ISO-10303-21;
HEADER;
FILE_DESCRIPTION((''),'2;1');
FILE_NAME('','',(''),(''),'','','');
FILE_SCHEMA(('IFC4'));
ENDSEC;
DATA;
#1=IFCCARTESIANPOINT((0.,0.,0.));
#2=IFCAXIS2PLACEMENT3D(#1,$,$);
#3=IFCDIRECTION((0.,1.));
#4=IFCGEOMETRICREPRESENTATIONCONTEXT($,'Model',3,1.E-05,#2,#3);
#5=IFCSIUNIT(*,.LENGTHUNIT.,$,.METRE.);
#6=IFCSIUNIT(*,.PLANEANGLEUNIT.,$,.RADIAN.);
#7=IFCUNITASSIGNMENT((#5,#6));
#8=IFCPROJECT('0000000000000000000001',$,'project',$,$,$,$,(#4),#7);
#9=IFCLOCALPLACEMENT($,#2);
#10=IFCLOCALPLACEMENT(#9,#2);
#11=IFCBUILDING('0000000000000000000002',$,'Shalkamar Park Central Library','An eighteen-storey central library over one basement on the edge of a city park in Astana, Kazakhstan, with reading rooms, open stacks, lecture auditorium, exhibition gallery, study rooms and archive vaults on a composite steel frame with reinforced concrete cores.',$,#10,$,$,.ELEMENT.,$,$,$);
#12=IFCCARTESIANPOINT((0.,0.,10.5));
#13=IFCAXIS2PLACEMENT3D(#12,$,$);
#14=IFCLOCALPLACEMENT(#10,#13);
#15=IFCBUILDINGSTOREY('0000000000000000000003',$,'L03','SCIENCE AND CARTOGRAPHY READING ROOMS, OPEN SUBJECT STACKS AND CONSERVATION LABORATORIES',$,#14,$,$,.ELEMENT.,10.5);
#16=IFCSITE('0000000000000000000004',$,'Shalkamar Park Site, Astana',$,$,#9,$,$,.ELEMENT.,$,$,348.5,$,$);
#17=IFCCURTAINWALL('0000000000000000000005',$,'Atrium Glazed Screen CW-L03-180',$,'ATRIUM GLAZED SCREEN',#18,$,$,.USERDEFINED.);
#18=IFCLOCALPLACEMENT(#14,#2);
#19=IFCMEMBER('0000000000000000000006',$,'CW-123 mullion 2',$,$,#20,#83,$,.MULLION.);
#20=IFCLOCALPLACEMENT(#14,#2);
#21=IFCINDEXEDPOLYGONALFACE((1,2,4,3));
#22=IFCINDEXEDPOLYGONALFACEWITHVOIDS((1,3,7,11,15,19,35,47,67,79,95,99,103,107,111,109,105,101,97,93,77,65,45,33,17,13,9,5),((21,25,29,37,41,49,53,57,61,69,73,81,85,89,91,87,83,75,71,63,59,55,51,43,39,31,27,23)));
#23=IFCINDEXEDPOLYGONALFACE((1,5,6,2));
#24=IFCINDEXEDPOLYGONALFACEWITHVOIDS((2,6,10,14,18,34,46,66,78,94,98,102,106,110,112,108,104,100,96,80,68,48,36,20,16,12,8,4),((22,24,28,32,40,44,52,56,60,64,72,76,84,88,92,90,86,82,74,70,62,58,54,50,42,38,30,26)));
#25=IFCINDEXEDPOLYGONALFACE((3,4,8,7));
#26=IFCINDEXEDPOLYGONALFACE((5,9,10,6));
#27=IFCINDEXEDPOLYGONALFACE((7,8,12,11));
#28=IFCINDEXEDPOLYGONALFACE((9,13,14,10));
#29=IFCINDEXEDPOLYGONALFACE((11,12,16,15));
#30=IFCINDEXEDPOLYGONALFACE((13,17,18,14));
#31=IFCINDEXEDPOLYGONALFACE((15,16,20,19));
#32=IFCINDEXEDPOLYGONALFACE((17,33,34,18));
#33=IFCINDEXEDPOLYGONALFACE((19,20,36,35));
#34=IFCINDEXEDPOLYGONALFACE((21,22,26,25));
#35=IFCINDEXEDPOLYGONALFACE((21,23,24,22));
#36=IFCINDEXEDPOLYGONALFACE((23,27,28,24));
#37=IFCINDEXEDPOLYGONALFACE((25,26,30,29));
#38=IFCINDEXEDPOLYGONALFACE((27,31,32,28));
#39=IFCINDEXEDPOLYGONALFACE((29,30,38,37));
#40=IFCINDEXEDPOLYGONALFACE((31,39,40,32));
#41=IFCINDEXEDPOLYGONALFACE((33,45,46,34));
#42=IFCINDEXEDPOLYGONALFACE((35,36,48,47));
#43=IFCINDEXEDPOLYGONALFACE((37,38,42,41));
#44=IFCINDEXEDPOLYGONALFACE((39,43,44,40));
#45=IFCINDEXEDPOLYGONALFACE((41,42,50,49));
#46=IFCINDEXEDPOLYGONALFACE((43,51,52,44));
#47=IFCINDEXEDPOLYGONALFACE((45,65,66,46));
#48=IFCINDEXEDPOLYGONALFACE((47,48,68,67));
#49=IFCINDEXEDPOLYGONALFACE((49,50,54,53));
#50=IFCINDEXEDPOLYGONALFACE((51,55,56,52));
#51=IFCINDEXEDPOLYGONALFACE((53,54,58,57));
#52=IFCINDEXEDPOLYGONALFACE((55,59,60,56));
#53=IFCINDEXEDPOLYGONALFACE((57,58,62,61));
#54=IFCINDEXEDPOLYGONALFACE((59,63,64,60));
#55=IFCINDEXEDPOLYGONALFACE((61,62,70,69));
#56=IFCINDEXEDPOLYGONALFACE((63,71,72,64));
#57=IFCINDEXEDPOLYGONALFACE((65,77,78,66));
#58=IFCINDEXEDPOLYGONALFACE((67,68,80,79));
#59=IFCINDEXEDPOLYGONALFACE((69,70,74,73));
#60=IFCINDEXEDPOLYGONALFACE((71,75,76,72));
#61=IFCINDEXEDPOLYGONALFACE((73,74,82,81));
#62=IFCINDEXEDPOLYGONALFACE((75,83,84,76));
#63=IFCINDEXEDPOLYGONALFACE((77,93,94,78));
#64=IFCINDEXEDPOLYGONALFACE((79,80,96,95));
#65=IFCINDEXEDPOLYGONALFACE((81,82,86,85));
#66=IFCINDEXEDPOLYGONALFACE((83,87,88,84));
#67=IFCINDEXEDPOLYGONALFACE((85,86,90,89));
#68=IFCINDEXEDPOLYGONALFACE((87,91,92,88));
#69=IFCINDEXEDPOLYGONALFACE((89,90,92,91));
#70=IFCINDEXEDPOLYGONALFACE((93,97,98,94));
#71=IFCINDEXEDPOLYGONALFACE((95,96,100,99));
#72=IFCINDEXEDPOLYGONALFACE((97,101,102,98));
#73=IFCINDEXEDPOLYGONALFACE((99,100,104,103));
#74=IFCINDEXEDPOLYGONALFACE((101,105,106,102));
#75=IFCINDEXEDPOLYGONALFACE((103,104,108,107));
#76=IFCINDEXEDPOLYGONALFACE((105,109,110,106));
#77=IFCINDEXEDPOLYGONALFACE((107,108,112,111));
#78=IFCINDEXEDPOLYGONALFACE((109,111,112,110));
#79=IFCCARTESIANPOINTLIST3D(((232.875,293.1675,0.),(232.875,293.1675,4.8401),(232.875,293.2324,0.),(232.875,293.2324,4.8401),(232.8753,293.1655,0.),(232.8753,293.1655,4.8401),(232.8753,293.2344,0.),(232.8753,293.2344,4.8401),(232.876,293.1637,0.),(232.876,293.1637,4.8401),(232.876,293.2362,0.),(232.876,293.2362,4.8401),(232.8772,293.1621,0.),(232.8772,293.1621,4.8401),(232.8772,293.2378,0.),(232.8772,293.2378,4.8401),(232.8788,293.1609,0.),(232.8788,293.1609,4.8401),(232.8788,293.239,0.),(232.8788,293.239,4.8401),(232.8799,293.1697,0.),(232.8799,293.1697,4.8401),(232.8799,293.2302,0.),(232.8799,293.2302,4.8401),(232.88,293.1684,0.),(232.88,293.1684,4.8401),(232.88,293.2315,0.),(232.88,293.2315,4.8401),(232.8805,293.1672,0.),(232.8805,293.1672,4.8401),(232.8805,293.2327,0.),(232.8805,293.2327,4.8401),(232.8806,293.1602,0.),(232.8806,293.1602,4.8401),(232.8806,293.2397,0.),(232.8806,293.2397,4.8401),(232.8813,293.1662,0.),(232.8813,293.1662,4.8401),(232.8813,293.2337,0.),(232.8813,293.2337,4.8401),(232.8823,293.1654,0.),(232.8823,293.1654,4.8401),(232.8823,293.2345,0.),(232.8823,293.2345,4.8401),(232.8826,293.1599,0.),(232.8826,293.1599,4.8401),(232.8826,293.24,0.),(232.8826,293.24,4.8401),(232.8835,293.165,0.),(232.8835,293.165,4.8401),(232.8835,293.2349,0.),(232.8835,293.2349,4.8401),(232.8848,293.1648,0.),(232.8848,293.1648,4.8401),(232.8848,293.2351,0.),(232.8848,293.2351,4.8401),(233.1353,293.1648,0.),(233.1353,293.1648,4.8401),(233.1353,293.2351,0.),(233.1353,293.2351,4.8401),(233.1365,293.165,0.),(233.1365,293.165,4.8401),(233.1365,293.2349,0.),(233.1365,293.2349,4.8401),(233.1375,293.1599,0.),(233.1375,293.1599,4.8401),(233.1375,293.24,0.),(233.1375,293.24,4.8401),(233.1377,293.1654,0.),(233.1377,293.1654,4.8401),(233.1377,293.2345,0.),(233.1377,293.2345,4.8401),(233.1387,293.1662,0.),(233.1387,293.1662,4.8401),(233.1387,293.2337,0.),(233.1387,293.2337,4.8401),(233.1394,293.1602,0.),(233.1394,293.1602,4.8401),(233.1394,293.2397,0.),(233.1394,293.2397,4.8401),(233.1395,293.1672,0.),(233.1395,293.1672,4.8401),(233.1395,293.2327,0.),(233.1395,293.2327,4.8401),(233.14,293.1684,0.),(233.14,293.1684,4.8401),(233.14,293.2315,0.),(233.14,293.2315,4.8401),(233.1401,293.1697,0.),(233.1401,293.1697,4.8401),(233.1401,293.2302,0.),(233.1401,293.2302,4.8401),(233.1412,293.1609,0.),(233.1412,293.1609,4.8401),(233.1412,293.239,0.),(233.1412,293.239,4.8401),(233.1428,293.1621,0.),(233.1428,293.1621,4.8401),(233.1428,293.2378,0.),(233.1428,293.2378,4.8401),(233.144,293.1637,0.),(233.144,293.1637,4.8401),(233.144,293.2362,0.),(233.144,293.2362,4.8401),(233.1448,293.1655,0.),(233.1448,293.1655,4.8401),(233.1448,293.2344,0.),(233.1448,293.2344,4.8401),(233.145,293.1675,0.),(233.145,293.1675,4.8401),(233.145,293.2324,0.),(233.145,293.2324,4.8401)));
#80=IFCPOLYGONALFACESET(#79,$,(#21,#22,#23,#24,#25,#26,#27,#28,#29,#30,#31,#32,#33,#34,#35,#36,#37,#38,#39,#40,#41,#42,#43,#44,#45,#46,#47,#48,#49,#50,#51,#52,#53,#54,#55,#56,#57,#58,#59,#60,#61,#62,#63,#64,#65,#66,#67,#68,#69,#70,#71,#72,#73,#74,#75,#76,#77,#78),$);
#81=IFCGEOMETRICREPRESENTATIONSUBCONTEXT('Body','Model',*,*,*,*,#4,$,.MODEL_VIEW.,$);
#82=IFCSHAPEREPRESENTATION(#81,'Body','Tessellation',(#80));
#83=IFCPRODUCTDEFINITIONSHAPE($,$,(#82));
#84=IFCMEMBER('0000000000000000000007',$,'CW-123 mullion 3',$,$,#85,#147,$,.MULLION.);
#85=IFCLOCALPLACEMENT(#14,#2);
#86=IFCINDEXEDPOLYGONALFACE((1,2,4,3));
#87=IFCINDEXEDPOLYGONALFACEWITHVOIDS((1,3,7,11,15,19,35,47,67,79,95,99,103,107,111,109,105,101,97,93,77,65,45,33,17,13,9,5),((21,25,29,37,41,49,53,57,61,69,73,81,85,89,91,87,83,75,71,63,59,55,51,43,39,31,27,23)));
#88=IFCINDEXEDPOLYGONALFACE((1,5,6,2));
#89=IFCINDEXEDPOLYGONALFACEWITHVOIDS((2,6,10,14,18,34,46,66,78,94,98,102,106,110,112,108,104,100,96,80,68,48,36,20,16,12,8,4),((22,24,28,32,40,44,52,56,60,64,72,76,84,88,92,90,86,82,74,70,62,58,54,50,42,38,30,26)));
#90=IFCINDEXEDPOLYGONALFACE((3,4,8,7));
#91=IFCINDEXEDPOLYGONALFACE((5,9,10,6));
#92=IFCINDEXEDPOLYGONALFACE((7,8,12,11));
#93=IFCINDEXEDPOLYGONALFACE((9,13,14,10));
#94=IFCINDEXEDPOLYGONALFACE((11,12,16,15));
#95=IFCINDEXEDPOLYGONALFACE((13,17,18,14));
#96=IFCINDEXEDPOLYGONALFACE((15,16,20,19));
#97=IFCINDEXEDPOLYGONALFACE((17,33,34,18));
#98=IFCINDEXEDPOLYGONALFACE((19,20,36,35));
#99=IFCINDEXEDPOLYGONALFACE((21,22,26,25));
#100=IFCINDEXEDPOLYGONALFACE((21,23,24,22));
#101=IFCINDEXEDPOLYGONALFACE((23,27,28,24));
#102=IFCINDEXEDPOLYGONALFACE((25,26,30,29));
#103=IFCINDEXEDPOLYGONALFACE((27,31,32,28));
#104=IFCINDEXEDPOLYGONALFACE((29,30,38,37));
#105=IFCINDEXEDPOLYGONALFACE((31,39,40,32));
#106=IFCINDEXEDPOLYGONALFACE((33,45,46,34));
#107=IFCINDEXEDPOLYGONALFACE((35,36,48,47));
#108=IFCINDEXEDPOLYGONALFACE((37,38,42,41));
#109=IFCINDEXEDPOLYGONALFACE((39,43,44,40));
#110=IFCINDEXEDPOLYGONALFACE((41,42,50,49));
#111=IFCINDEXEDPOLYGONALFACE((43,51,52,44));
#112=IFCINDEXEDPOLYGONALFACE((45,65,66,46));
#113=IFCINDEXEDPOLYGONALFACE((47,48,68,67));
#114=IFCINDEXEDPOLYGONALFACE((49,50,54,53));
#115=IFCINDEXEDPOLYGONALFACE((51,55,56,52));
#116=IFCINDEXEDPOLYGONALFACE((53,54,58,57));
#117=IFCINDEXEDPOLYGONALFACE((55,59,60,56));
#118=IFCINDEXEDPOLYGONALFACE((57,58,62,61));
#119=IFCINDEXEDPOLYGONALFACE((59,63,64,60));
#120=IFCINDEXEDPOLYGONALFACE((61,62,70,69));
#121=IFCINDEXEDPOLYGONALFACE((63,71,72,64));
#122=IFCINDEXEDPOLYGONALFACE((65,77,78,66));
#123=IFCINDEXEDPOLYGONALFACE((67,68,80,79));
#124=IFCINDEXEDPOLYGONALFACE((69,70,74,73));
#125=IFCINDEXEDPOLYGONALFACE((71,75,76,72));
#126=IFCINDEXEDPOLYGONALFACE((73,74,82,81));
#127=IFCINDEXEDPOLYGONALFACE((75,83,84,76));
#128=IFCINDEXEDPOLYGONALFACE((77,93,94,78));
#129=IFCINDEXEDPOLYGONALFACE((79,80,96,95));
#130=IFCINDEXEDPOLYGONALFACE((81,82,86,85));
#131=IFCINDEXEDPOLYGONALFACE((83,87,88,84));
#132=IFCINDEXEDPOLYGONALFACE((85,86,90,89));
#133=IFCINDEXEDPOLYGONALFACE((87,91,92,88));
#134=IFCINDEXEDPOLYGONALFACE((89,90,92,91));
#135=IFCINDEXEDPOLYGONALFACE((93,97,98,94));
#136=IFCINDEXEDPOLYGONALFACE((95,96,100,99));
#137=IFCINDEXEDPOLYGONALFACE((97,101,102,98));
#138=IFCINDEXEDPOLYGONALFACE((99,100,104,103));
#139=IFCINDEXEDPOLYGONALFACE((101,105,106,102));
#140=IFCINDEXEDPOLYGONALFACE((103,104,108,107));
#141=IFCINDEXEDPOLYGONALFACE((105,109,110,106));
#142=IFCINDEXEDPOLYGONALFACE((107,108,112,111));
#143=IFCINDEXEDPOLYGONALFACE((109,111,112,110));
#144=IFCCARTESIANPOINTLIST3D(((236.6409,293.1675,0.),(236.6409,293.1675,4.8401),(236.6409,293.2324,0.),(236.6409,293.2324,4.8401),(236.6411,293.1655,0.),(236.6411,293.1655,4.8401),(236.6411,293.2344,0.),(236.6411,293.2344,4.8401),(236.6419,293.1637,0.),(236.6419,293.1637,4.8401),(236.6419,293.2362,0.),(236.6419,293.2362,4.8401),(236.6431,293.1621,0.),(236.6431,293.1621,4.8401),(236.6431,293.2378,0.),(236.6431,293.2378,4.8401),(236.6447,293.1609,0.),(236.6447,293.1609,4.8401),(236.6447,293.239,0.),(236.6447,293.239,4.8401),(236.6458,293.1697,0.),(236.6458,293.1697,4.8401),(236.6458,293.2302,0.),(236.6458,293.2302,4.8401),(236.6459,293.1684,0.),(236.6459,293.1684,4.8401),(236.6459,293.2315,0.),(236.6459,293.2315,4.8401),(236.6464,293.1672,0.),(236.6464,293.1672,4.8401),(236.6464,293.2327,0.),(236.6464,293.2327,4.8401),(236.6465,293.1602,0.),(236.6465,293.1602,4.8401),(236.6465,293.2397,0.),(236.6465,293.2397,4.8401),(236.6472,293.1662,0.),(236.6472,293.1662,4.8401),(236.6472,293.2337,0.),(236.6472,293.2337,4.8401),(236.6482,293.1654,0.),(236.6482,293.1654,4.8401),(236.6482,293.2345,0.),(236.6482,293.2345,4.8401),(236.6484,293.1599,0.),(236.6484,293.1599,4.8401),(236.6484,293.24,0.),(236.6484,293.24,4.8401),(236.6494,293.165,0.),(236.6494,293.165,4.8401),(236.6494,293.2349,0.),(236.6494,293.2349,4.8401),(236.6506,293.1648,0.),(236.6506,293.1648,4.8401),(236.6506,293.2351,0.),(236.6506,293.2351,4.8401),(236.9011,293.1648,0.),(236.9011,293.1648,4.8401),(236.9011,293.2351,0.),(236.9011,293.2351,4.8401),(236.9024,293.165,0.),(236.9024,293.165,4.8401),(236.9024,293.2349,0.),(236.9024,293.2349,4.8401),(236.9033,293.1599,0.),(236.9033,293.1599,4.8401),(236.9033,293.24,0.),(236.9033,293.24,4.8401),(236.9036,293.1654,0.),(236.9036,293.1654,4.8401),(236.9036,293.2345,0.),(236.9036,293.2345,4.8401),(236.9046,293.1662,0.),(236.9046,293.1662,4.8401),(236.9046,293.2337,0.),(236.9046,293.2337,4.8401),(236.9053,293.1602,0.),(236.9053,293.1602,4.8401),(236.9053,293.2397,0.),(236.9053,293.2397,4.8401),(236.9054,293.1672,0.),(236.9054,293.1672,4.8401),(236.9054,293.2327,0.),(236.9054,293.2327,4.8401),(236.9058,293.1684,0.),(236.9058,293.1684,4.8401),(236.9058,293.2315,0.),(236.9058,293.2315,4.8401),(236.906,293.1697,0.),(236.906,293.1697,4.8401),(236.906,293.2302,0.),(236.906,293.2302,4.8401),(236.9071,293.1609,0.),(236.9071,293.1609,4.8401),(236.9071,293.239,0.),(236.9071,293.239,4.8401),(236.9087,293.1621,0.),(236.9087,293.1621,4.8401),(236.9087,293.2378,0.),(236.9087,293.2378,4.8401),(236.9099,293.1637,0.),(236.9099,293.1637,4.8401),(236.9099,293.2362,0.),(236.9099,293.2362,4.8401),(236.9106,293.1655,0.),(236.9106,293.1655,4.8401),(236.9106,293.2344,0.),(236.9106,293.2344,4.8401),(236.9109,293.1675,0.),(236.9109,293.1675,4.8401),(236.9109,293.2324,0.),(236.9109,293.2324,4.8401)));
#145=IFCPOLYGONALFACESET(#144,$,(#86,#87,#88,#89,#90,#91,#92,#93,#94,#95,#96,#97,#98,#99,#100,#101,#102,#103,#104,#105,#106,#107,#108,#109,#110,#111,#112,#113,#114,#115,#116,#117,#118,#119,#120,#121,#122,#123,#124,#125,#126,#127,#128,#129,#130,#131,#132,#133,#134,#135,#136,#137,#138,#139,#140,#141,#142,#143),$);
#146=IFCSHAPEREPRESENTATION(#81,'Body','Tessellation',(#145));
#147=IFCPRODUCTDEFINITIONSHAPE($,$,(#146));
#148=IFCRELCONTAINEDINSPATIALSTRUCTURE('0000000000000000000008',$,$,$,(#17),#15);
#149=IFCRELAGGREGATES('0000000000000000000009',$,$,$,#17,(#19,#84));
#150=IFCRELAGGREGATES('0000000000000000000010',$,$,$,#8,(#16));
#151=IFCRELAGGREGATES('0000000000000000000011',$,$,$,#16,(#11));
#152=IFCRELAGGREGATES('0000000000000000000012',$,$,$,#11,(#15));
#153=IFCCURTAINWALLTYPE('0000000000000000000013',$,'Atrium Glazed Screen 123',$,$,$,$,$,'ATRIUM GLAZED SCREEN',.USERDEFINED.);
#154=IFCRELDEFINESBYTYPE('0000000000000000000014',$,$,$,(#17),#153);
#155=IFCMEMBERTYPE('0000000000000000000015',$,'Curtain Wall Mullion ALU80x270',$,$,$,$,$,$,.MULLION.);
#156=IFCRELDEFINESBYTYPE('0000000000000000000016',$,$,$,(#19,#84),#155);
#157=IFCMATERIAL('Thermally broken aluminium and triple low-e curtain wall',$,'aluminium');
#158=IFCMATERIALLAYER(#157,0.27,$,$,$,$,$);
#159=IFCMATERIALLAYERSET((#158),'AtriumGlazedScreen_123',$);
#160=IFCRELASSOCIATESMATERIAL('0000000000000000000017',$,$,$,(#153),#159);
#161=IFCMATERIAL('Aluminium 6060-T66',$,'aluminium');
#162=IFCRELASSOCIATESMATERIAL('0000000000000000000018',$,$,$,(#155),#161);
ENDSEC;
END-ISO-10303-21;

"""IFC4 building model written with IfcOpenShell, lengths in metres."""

from ifc_helpers import new_model, si_unit, direction, frame, origin, origin_2d, place, context, subcontext, project, spatial, hollow_rectangle, extrude, material, layer, layer_set, material_profile, profile_set, type_object, element, aggregate, save


model = new_model("IFC4")

# Units and contexts
model_context = context("Model", 3, precision=1e-05, world=origin(), true_north=direction((0.0, 1.0)))
body_context = subcontext(model_context, "Body", "Model", "MODEL_VIEW")
ifc_project = project(units=[si_unit("LENGTHUNIT", "METRE"), si_unit("PLANEANGLEUNIT", "RADIAN")], contexts=[model_context])

# Site, building, storey
site_placement = place(None, origin())
site = spatial("IfcSite", under=ifc_project, at=site_placement, Name="Shalkamar Park Site, Astana", CompositionType="ELEMENT", RefElevation=348.5)
building_placement = place(site_placement, origin())
building = spatial("IfcBuilding", under=site, at=building_placement, Name="Shalkamar Park Central Library", Description="An eighteen-storey central library over one basement on the edge of a city park in Astana, Kazakhstan, with reading rooms, open stacks, lecture auditorium, exhibition gallery, study rooms and archive vaults on a composite steel frame with reinforced concrete cores.", CompositionType="ELEMENT")
storey_placement = place(building_placement, frame((0.0, 0.0, 10.5)))
storey = spatial("IfcBuildingStorey", under=building, at=storey_placement, Name="L03", Description="SCIENCE AND CARTOGRAPHY READING ROOMS, OPEN SUBJECT STACKS AND CONSERVATION LABORATORIES", CompositionType="ELEMENT", Elevation=10.5)

# Curtain wall, members
ifc_material_1 = material(Name="Thermally broken aluminium and triple low-e curtain wall", Category="aluminium")
ifc_layer_1 = layer(ifc_material_1, 0.27)
ifc_layer_set_1 = layer_set([ifc_layer_1], Name="AtriumGlazedScreen_123")
curtain_wall_type = type_object("IfcCurtainWallType", Name="Atrium Glazed Screen 123", ElementType="ATRIUM GLAZED SCREEN", PredefinedType="USERDEFINED", material=ifc_layer_set_1)
curtain_wall_placement = place(storey_placement, origin())
curtain_wall = element("IfcCurtainWall", 1, at=curtain_wall_placement, inside=storey, type_object=curtain_wall_type, Name="Atrium Glazed Screen CW-L03-180", ObjectType="ATRIUM GLAZED SCREEN", PredefinedType="USERDEFINED")
ifc_material_2 = material(Name="Aluminium 6060-T66", Category="aluminium")
ifc_material_profile_1 = material_profile(ifc_material_2, hollow_rectangle(XDim=0.0801, YDim=0.27, WallThickness=0.0049, InnerFilletRadius=0.0049, OuterFilletRadius=0.0076, at=origin_2d()), Name="ALU 80x270x5")
ifc_profile_set_1 = profile_set([ifc_material_profile_1], Name="Aluminium 6060-T66")
member_type_1 = type_object("IfcMemberType", Name="Curtain Wall Mullion ALU80x270", PredefinedType="MULLION", material=ifc_profile_set_1)
member_1_placement = place(storey_placement, frame((233.01, 293.2, 0.0), z_axis=(0.0, 0.0, 1.0), x_axis=(0.0, 1.0, 0.0)))
member_1 = element("IfcMember", 2, at=member_1_placement, type_object=member_type_1, Name="CW-123 mullion 2", PredefinedType="MULLION", context=body_context, shape_type="SweptSolid", body=[
    extrude(hollow_rectangle(XDim=0.0801, YDim=0.27, WallThickness=0.0049, InnerFilletRadius=0.0049, OuterFilletRadius=0.0076, at=origin_2d()), origin(), (0.0, 0.0, 1.0), 4.8401),
])
member_2_placement = place(storey_placement, frame((236.7759, 293.2, 0.0), z_axis=(0.0, 0.0, 1.0), x_axis=(0.0, 1.0, 0.0)))
member_2 = element("IfcMember", 3, at=member_2_placement, type_object=member_type_1, Name="CW-123 mullion 3", PredefinedType="MULLION", context=body_context, shape_type="SweptSolid", body=[
    extrude(hollow_rectangle(XDim=0.0801, YDim=0.27, WallThickness=0.0049, InnerFilletRadius=0.0049, OuterFilletRadius=0.0076, at=origin_2d()), origin(), (0.0, 0.0, 1.0), 4.8401),
])

aggregate(curtain_wall, [member_1, member_2])

save(model, "model.ifc")
